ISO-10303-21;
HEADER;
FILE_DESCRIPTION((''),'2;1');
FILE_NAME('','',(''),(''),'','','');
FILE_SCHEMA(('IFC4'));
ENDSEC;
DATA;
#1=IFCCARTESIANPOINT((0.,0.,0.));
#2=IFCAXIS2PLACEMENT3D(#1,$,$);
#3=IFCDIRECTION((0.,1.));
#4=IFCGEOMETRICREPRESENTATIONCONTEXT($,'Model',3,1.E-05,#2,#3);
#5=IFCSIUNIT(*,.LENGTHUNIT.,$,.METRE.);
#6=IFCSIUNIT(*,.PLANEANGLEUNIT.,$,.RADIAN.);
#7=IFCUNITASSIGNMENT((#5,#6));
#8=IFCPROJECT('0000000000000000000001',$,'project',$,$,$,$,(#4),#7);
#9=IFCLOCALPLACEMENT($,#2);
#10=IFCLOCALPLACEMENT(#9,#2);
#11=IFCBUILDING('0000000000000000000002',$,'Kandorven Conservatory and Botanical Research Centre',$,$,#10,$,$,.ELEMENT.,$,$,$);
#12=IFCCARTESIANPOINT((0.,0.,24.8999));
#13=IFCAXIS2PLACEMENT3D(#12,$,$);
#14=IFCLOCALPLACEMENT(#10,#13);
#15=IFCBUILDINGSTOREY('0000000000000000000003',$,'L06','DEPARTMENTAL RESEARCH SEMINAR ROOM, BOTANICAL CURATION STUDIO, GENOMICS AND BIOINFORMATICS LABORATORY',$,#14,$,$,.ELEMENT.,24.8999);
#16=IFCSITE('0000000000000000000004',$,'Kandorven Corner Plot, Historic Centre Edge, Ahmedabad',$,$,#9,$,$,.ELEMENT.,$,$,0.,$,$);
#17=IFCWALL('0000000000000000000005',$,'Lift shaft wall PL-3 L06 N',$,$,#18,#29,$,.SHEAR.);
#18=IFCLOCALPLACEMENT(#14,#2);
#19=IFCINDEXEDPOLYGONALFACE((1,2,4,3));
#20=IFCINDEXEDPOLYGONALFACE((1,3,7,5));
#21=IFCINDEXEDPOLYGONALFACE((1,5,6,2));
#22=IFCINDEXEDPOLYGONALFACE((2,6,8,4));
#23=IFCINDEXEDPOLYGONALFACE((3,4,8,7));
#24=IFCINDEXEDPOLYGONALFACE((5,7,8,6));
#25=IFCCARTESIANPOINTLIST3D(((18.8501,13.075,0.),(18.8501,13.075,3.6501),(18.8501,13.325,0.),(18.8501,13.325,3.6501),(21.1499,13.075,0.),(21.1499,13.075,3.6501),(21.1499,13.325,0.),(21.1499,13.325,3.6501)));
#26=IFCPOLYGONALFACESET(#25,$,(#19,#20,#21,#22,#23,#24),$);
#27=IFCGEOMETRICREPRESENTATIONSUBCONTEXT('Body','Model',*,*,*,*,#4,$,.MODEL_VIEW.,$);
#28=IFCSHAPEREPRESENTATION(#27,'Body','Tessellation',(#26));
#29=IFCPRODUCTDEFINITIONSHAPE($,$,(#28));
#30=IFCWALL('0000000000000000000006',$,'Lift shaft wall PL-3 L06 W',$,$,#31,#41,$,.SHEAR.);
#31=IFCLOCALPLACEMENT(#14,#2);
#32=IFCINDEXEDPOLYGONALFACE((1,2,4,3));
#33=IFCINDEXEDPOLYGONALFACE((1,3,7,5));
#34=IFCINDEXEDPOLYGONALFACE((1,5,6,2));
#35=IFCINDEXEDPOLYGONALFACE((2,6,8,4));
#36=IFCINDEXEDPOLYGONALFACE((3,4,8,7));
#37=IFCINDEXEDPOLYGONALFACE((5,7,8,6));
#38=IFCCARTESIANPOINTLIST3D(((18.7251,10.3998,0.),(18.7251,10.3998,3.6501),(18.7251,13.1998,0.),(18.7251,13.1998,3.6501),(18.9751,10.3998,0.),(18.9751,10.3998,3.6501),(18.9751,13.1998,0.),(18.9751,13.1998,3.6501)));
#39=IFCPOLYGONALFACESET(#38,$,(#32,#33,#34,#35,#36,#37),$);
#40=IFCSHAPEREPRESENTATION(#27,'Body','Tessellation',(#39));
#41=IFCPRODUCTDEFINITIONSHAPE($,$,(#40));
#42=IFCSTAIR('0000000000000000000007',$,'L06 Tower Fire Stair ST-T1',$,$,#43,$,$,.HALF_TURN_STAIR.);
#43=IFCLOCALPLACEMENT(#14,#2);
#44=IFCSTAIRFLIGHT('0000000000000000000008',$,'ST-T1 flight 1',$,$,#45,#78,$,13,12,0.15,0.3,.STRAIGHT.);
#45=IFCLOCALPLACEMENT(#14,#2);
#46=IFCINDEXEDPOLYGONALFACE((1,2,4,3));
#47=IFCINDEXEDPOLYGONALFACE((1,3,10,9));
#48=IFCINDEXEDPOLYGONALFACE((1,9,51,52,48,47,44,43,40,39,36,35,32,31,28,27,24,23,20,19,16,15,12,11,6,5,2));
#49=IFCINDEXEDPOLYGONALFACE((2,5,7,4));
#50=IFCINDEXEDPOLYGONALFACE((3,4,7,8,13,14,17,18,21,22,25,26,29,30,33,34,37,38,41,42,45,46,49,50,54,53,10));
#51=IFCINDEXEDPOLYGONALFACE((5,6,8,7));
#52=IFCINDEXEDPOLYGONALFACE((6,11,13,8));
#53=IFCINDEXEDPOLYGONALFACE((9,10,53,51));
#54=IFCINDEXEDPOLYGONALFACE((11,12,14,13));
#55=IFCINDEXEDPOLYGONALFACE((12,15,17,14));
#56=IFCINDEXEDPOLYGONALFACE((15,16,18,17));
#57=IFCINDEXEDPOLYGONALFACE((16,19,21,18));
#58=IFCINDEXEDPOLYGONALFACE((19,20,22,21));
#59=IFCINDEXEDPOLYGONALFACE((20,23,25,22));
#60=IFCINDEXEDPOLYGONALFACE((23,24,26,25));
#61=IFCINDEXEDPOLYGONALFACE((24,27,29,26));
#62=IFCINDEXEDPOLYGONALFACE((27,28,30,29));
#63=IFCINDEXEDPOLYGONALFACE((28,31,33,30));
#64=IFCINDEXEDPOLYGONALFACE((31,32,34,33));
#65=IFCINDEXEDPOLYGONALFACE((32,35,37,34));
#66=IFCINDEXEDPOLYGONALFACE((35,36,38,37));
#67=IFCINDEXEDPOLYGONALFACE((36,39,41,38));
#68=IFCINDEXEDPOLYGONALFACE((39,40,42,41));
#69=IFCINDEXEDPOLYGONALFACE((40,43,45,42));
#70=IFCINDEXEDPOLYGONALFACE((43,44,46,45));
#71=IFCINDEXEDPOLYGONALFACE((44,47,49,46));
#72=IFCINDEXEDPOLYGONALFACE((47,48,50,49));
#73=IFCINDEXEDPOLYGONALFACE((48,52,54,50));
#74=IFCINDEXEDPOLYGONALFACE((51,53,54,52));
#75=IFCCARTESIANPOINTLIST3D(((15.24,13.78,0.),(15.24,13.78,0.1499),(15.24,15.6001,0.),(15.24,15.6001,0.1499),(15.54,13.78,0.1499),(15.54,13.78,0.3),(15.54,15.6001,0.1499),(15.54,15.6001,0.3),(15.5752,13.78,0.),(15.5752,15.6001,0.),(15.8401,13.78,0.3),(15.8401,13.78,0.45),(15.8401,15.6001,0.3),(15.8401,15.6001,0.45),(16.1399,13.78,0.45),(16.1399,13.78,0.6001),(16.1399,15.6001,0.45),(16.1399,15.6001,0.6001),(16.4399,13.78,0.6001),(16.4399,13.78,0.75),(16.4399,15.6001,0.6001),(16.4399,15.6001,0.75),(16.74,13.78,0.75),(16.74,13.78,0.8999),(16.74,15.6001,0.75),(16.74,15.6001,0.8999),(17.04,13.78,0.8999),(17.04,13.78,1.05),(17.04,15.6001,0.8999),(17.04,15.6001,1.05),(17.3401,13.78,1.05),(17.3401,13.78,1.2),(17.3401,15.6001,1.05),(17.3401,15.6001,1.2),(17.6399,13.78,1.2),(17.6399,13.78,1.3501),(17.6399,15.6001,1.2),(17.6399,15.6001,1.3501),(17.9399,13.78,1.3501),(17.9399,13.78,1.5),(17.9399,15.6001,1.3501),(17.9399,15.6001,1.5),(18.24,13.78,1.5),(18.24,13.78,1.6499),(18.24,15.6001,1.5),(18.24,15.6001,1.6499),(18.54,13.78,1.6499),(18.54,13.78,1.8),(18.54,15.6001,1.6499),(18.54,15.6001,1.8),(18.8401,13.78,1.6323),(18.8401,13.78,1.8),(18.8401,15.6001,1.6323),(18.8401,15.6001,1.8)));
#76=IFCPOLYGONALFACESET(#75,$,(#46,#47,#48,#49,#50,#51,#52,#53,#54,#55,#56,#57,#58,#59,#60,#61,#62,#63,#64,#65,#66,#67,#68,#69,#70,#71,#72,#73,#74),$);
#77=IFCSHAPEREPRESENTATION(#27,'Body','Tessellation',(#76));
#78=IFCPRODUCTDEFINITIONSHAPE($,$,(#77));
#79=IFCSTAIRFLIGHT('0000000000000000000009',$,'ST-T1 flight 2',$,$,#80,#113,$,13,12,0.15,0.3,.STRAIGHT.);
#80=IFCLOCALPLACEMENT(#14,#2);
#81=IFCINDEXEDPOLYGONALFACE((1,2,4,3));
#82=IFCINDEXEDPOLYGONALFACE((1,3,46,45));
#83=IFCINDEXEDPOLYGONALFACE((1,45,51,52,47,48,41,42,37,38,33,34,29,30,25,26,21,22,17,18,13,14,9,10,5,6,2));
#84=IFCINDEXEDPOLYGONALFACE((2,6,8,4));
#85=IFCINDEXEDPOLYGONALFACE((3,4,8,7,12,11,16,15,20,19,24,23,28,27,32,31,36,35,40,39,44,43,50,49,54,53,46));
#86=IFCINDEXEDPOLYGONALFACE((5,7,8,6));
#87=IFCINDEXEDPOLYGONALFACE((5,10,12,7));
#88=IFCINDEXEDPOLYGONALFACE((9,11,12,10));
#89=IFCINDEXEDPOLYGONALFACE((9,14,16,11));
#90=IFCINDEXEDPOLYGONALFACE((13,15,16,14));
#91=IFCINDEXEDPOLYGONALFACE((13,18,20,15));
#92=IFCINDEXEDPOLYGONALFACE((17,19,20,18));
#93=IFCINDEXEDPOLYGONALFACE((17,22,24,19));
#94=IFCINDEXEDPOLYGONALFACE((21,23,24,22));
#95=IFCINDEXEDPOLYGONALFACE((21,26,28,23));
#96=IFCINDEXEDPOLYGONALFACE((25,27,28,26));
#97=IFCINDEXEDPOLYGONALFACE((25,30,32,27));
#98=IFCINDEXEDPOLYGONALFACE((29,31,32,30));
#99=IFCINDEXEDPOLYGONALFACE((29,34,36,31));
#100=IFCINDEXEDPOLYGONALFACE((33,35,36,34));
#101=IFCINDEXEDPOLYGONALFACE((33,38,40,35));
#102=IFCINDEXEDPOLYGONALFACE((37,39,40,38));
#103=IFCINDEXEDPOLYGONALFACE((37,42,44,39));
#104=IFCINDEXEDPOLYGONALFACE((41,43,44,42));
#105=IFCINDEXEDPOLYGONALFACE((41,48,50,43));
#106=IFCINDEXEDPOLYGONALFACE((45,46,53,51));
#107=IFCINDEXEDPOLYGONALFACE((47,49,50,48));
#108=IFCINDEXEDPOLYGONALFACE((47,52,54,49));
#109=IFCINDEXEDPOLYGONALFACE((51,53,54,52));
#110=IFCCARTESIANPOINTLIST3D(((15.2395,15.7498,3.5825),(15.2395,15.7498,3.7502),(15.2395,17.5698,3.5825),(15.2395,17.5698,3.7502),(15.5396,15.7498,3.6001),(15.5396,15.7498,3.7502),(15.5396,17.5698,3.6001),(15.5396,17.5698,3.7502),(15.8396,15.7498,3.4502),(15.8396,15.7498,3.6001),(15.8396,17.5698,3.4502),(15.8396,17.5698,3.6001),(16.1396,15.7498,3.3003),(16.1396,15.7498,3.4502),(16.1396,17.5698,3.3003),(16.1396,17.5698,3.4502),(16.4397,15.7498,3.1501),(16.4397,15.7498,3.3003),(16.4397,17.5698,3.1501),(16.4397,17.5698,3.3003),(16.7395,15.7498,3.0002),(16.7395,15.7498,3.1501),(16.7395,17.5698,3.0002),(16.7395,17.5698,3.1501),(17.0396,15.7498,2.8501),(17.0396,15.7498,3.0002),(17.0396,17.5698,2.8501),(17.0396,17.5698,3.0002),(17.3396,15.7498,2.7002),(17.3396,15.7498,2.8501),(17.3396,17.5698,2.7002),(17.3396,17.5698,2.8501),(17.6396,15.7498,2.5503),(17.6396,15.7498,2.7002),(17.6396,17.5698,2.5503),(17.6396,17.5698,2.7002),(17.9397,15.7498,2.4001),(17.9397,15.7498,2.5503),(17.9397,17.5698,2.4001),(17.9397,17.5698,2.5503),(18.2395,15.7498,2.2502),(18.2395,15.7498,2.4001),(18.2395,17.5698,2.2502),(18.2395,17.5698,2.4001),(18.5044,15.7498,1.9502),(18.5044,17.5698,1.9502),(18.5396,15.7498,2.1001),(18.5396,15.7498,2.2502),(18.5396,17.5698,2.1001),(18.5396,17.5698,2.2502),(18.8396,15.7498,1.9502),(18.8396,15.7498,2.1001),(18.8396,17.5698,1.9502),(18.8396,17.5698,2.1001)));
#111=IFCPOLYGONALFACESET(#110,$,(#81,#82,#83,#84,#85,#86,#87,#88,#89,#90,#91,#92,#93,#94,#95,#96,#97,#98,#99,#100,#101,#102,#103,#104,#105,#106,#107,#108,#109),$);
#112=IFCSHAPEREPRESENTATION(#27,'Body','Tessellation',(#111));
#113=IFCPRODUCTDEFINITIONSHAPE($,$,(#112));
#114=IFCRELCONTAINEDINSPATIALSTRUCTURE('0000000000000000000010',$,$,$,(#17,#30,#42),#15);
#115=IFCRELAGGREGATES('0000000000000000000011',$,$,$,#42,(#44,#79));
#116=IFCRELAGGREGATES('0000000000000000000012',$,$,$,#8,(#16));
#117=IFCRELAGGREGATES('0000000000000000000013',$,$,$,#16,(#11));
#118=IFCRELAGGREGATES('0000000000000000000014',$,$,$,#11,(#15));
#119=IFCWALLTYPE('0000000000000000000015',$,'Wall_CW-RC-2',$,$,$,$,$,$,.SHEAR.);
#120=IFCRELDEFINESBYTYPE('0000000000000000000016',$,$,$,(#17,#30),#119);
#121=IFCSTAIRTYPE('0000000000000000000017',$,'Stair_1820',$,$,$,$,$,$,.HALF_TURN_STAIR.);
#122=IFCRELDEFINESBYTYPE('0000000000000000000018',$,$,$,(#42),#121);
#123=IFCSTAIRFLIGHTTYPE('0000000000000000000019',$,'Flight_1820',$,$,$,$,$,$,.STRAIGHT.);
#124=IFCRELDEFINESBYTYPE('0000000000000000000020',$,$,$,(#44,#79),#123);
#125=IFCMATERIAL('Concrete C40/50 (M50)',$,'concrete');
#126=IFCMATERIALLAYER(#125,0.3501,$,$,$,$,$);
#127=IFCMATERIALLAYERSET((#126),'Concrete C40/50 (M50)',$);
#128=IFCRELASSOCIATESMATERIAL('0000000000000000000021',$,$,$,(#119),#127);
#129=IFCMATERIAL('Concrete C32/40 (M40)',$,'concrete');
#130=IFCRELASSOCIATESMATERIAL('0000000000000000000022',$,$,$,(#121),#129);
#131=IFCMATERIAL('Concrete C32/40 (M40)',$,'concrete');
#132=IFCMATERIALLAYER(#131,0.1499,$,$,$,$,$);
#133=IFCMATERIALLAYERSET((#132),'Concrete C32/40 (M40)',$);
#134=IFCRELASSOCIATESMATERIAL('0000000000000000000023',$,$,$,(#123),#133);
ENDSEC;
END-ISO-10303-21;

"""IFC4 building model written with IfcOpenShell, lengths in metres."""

from ifc_helpers import new_model, si_unit, direction, frame, frame_2d, origin, place, context, subcontext, project, spatial, polyline, rectangle, outline, extrude, material, layer, layer_set, type_object, element, aggregate, save


model = new_model("IFC4")

# Units and contexts
model_context = context("Model", 3, precision=1e-05, world=origin(), true_north=direction((0.0, 1.0)))
body_context = subcontext(model_context, "Body", "Model", "MODEL_VIEW")
ifc_project = project(units=[si_unit("LENGTHUNIT", "METRE"), si_unit("PLANEANGLEUNIT", "RADIAN")], contexts=[model_context])

# Site, building, storey
site_placement = place(None, origin())
site = spatial("IfcSite", under=ifc_project, at=site_placement, Name="Kandorven Corner Plot, Historic Centre Edge, Ahmedabad", CompositionType="ELEMENT", RefElevation=0.0)
building_placement = place(site_placement, origin())
building = spatial("IfcBuilding", under=site, at=building_placement, Name="Kandorven Conservatory and Botanical Research Centre", CompositionType="ELEMENT")
storey_placement = place(building_placement, frame((0.0, 0.0, 24.8999)))
storey = spatial("IfcBuildingStorey", under=building, at=storey_placement, Name="L06", Description="DEPARTMENTAL RESEARCH SEMINAR ROOM, BOTANICAL CURATION STUDIO, GENOMICS AND BIOINFORMATICS LABORATORY", CompositionType="ELEMENT", Elevation=24.8999)

# Shared definitions
ifc_material_1 = material(Name="Concrete C40/50 (M50)", Category="concrete")
ifc_layer_1 = layer(ifc_material_1, 0.3501)
ifc_layer_set_1 = layer_set([ifc_layer_1], Name="Concrete C40/50 (M50)")
wall_type_1 = type_object("IfcWallType", Name="Wall_CW-RC-2", PredefinedType="SHEAR", material=ifc_layer_set_1)

# Walls
wall_1_placement = place(storey_placement, frame((18.8501, 13.2, 0.0), z_axis=(0.0, 0.0, 1.0), x_axis=(1.0, 0.0, 0.0)))
element("IfcWall", 1, at=wall_1_placement, inside=storey, type_object=wall_type_1, Name="Lift shaft wall PL-3 L06 N", PredefinedType="SHEAR", context=body_context, shape_type="SweptSolid", body=[
    extrude(rectangle(XDim=2.2998, YDim=0.25, at=frame_2d((1.1499, 0.0))), origin(), (0.0, 0.0, 1.0), 3.6501),
])
wall_2_placement = place(storey_placement, frame((18.8501, 10.3999, 0.0), z_axis=(0.0, 0.0, 1.0), x_axis=(0.0, 1.0, 0.0)))
element("IfcWall", 2, at=wall_2_placement, inside=storey, type_object=wall_type_1, Name="Lift shaft wall PL-3 L06 W", PredefinedType="SHEAR", context=body_context, shape_type="SweptSolid", body=[
    extrude(rectangle(XDim=2.8, YDim=0.25, at=frame_2d((1.3999, 0.0))), origin(), (0.0, 0.0, 1.0), 3.6501),
])

# Stair, stair flights
ifc_material_2 = material(Name="Concrete C32/40 (M40)", Category="concrete")
stair_type = type_object("IfcStairType", Name="Stair_1820", PredefinedType="HALF_TURN_STAIR", material=ifc_material_2)
stair_placement = place(storey_placement, origin())
stair = element("IfcStair", 3, at=stair_placement, inside=storey, type_object=stair_type, Name="L06 Tower Fire Stair ST-T1", PredefinedType="HALF_TURN_STAIR")
ifc_material_3 = material(Name="Concrete C32/40 (M40)", Category="concrete")
ifc_layer_2 = layer(ifc_material_3, 0.1499)
ifc_layer_set_2 = layer_set([ifc_layer_2], Name="Concrete C32/40 (M40)")
stair_flight_type = type_object("IfcStairFlightType", Name="Flight_1820", PredefinedType="STRAIGHT", material=ifc_layer_set_2)
stair_flight_1_placement = place(storey_placement, frame((15.24, 14.6899, 0.0), z_axis=(0.0, 0.0, 1.0), x_axis=(1.0, 0.0, 0.0)))
stair_flight_1 = element("IfcStairFlight", 4, at=stair_flight_1_placement, type_object=stair_flight_type, Name="ST-T1 flight 1", NumberOfRisers=13, NumberOfTreads=12, PredefinedType="STRAIGHT", RiserHeight=0.15, TreadLength=0.3, context=body_context, shape_type="SweptSolid", body=[
    extrude(outline(polyline([(0.0, 0.0), (0.0, 0.1499), (0.3, 0.1499), (0.3, 0.3), (0.6001, 0.3), (0.6001, 0.45), (0.8999, 0.45), (0.8999, 0.6001), (1.2, 0.6001), (1.2, 0.75), (1.5, 0.75), (1.5, 0.8999), (1.8, 0.8999), (1.8, 1.05), (2.1001, 1.05), (2.1001, 1.2), (2.3999, 1.2), (2.3999, 1.3501), (2.7, 1.3501), (2.7, 1.5), (3.0, 1.5), (3.0, 1.6499), (3.3, 1.6499), (3.3, 1.8), (3.6001, 1.8), (3.6001, 1.95), (3.6001, 1.6323), (0.3352, 0.0), (0.0, 0.0)])), frame((0.0, 0.9102, 0.0), z_axis=(0.0, -1.0, 0.0), x_axis=(1.0, 0.0, 0.0)), (0.0, 0.0, 1.0), 1.8201),
])
stair_flight_2_placement = place(storey_placement, frame((18.8396, 16.6599, 1.9502), z_axis=(0.0, 0.0, 1.0), x_axis=(-1.0, 0.0, 0.0)))
stair_flight_2 = element("IfcStairFlight", 5, at=stair_flight_2_placement, type_object=stair_flight_type, Name="ST-T1 flight 2", NumberOfRisers=13, NumberOfTreads=12, PredefinedType="STRAIGHT", RiserHeight=0.15, TreadLength=0.3, context=body_context, shape_type="SweptSolid", body=[
    extrude(outline(polyline([(0.0, 0.0), (0.0, 0.1499), (0.3, 0.1499), (0.3, 0.3), (0.6001, 0.3), (0.6001, 0.45), (0.8999, 0.45), (0.8999, 0.6001), (1.2, 0.6001), (1.2, 0.75), (1.5, 0.75), (1.5, 0.8999), (1.8, 0.8999), (1.8, 1.05), (2.1001, 1.05), (2.1001, 1.2), (2.3999, 1.2), (2.3999, 1.3501), (2.7, 1.3501), (2.7, 1.5), (3.0, 1.5), (3.0, 1.6499), (3.3, 1.6499), (3.3, 1.8), (3.6001, 1.8), (3.6001, 1.95), (3.6001, 1.6323), (0.3352, 0.0), (0.0, 0.0)])), frame((0.0, 0.9102, 0.0), z_axis=(0.0, -1.0, 0.0), x_axis=(1.0, 0.0, 0.0)), (0.0, 0.0, 1.0), 1.8201),
])
aggregate(stair, [stair_flight_1, stair_flight_2])

save(model, "model.ifc")
